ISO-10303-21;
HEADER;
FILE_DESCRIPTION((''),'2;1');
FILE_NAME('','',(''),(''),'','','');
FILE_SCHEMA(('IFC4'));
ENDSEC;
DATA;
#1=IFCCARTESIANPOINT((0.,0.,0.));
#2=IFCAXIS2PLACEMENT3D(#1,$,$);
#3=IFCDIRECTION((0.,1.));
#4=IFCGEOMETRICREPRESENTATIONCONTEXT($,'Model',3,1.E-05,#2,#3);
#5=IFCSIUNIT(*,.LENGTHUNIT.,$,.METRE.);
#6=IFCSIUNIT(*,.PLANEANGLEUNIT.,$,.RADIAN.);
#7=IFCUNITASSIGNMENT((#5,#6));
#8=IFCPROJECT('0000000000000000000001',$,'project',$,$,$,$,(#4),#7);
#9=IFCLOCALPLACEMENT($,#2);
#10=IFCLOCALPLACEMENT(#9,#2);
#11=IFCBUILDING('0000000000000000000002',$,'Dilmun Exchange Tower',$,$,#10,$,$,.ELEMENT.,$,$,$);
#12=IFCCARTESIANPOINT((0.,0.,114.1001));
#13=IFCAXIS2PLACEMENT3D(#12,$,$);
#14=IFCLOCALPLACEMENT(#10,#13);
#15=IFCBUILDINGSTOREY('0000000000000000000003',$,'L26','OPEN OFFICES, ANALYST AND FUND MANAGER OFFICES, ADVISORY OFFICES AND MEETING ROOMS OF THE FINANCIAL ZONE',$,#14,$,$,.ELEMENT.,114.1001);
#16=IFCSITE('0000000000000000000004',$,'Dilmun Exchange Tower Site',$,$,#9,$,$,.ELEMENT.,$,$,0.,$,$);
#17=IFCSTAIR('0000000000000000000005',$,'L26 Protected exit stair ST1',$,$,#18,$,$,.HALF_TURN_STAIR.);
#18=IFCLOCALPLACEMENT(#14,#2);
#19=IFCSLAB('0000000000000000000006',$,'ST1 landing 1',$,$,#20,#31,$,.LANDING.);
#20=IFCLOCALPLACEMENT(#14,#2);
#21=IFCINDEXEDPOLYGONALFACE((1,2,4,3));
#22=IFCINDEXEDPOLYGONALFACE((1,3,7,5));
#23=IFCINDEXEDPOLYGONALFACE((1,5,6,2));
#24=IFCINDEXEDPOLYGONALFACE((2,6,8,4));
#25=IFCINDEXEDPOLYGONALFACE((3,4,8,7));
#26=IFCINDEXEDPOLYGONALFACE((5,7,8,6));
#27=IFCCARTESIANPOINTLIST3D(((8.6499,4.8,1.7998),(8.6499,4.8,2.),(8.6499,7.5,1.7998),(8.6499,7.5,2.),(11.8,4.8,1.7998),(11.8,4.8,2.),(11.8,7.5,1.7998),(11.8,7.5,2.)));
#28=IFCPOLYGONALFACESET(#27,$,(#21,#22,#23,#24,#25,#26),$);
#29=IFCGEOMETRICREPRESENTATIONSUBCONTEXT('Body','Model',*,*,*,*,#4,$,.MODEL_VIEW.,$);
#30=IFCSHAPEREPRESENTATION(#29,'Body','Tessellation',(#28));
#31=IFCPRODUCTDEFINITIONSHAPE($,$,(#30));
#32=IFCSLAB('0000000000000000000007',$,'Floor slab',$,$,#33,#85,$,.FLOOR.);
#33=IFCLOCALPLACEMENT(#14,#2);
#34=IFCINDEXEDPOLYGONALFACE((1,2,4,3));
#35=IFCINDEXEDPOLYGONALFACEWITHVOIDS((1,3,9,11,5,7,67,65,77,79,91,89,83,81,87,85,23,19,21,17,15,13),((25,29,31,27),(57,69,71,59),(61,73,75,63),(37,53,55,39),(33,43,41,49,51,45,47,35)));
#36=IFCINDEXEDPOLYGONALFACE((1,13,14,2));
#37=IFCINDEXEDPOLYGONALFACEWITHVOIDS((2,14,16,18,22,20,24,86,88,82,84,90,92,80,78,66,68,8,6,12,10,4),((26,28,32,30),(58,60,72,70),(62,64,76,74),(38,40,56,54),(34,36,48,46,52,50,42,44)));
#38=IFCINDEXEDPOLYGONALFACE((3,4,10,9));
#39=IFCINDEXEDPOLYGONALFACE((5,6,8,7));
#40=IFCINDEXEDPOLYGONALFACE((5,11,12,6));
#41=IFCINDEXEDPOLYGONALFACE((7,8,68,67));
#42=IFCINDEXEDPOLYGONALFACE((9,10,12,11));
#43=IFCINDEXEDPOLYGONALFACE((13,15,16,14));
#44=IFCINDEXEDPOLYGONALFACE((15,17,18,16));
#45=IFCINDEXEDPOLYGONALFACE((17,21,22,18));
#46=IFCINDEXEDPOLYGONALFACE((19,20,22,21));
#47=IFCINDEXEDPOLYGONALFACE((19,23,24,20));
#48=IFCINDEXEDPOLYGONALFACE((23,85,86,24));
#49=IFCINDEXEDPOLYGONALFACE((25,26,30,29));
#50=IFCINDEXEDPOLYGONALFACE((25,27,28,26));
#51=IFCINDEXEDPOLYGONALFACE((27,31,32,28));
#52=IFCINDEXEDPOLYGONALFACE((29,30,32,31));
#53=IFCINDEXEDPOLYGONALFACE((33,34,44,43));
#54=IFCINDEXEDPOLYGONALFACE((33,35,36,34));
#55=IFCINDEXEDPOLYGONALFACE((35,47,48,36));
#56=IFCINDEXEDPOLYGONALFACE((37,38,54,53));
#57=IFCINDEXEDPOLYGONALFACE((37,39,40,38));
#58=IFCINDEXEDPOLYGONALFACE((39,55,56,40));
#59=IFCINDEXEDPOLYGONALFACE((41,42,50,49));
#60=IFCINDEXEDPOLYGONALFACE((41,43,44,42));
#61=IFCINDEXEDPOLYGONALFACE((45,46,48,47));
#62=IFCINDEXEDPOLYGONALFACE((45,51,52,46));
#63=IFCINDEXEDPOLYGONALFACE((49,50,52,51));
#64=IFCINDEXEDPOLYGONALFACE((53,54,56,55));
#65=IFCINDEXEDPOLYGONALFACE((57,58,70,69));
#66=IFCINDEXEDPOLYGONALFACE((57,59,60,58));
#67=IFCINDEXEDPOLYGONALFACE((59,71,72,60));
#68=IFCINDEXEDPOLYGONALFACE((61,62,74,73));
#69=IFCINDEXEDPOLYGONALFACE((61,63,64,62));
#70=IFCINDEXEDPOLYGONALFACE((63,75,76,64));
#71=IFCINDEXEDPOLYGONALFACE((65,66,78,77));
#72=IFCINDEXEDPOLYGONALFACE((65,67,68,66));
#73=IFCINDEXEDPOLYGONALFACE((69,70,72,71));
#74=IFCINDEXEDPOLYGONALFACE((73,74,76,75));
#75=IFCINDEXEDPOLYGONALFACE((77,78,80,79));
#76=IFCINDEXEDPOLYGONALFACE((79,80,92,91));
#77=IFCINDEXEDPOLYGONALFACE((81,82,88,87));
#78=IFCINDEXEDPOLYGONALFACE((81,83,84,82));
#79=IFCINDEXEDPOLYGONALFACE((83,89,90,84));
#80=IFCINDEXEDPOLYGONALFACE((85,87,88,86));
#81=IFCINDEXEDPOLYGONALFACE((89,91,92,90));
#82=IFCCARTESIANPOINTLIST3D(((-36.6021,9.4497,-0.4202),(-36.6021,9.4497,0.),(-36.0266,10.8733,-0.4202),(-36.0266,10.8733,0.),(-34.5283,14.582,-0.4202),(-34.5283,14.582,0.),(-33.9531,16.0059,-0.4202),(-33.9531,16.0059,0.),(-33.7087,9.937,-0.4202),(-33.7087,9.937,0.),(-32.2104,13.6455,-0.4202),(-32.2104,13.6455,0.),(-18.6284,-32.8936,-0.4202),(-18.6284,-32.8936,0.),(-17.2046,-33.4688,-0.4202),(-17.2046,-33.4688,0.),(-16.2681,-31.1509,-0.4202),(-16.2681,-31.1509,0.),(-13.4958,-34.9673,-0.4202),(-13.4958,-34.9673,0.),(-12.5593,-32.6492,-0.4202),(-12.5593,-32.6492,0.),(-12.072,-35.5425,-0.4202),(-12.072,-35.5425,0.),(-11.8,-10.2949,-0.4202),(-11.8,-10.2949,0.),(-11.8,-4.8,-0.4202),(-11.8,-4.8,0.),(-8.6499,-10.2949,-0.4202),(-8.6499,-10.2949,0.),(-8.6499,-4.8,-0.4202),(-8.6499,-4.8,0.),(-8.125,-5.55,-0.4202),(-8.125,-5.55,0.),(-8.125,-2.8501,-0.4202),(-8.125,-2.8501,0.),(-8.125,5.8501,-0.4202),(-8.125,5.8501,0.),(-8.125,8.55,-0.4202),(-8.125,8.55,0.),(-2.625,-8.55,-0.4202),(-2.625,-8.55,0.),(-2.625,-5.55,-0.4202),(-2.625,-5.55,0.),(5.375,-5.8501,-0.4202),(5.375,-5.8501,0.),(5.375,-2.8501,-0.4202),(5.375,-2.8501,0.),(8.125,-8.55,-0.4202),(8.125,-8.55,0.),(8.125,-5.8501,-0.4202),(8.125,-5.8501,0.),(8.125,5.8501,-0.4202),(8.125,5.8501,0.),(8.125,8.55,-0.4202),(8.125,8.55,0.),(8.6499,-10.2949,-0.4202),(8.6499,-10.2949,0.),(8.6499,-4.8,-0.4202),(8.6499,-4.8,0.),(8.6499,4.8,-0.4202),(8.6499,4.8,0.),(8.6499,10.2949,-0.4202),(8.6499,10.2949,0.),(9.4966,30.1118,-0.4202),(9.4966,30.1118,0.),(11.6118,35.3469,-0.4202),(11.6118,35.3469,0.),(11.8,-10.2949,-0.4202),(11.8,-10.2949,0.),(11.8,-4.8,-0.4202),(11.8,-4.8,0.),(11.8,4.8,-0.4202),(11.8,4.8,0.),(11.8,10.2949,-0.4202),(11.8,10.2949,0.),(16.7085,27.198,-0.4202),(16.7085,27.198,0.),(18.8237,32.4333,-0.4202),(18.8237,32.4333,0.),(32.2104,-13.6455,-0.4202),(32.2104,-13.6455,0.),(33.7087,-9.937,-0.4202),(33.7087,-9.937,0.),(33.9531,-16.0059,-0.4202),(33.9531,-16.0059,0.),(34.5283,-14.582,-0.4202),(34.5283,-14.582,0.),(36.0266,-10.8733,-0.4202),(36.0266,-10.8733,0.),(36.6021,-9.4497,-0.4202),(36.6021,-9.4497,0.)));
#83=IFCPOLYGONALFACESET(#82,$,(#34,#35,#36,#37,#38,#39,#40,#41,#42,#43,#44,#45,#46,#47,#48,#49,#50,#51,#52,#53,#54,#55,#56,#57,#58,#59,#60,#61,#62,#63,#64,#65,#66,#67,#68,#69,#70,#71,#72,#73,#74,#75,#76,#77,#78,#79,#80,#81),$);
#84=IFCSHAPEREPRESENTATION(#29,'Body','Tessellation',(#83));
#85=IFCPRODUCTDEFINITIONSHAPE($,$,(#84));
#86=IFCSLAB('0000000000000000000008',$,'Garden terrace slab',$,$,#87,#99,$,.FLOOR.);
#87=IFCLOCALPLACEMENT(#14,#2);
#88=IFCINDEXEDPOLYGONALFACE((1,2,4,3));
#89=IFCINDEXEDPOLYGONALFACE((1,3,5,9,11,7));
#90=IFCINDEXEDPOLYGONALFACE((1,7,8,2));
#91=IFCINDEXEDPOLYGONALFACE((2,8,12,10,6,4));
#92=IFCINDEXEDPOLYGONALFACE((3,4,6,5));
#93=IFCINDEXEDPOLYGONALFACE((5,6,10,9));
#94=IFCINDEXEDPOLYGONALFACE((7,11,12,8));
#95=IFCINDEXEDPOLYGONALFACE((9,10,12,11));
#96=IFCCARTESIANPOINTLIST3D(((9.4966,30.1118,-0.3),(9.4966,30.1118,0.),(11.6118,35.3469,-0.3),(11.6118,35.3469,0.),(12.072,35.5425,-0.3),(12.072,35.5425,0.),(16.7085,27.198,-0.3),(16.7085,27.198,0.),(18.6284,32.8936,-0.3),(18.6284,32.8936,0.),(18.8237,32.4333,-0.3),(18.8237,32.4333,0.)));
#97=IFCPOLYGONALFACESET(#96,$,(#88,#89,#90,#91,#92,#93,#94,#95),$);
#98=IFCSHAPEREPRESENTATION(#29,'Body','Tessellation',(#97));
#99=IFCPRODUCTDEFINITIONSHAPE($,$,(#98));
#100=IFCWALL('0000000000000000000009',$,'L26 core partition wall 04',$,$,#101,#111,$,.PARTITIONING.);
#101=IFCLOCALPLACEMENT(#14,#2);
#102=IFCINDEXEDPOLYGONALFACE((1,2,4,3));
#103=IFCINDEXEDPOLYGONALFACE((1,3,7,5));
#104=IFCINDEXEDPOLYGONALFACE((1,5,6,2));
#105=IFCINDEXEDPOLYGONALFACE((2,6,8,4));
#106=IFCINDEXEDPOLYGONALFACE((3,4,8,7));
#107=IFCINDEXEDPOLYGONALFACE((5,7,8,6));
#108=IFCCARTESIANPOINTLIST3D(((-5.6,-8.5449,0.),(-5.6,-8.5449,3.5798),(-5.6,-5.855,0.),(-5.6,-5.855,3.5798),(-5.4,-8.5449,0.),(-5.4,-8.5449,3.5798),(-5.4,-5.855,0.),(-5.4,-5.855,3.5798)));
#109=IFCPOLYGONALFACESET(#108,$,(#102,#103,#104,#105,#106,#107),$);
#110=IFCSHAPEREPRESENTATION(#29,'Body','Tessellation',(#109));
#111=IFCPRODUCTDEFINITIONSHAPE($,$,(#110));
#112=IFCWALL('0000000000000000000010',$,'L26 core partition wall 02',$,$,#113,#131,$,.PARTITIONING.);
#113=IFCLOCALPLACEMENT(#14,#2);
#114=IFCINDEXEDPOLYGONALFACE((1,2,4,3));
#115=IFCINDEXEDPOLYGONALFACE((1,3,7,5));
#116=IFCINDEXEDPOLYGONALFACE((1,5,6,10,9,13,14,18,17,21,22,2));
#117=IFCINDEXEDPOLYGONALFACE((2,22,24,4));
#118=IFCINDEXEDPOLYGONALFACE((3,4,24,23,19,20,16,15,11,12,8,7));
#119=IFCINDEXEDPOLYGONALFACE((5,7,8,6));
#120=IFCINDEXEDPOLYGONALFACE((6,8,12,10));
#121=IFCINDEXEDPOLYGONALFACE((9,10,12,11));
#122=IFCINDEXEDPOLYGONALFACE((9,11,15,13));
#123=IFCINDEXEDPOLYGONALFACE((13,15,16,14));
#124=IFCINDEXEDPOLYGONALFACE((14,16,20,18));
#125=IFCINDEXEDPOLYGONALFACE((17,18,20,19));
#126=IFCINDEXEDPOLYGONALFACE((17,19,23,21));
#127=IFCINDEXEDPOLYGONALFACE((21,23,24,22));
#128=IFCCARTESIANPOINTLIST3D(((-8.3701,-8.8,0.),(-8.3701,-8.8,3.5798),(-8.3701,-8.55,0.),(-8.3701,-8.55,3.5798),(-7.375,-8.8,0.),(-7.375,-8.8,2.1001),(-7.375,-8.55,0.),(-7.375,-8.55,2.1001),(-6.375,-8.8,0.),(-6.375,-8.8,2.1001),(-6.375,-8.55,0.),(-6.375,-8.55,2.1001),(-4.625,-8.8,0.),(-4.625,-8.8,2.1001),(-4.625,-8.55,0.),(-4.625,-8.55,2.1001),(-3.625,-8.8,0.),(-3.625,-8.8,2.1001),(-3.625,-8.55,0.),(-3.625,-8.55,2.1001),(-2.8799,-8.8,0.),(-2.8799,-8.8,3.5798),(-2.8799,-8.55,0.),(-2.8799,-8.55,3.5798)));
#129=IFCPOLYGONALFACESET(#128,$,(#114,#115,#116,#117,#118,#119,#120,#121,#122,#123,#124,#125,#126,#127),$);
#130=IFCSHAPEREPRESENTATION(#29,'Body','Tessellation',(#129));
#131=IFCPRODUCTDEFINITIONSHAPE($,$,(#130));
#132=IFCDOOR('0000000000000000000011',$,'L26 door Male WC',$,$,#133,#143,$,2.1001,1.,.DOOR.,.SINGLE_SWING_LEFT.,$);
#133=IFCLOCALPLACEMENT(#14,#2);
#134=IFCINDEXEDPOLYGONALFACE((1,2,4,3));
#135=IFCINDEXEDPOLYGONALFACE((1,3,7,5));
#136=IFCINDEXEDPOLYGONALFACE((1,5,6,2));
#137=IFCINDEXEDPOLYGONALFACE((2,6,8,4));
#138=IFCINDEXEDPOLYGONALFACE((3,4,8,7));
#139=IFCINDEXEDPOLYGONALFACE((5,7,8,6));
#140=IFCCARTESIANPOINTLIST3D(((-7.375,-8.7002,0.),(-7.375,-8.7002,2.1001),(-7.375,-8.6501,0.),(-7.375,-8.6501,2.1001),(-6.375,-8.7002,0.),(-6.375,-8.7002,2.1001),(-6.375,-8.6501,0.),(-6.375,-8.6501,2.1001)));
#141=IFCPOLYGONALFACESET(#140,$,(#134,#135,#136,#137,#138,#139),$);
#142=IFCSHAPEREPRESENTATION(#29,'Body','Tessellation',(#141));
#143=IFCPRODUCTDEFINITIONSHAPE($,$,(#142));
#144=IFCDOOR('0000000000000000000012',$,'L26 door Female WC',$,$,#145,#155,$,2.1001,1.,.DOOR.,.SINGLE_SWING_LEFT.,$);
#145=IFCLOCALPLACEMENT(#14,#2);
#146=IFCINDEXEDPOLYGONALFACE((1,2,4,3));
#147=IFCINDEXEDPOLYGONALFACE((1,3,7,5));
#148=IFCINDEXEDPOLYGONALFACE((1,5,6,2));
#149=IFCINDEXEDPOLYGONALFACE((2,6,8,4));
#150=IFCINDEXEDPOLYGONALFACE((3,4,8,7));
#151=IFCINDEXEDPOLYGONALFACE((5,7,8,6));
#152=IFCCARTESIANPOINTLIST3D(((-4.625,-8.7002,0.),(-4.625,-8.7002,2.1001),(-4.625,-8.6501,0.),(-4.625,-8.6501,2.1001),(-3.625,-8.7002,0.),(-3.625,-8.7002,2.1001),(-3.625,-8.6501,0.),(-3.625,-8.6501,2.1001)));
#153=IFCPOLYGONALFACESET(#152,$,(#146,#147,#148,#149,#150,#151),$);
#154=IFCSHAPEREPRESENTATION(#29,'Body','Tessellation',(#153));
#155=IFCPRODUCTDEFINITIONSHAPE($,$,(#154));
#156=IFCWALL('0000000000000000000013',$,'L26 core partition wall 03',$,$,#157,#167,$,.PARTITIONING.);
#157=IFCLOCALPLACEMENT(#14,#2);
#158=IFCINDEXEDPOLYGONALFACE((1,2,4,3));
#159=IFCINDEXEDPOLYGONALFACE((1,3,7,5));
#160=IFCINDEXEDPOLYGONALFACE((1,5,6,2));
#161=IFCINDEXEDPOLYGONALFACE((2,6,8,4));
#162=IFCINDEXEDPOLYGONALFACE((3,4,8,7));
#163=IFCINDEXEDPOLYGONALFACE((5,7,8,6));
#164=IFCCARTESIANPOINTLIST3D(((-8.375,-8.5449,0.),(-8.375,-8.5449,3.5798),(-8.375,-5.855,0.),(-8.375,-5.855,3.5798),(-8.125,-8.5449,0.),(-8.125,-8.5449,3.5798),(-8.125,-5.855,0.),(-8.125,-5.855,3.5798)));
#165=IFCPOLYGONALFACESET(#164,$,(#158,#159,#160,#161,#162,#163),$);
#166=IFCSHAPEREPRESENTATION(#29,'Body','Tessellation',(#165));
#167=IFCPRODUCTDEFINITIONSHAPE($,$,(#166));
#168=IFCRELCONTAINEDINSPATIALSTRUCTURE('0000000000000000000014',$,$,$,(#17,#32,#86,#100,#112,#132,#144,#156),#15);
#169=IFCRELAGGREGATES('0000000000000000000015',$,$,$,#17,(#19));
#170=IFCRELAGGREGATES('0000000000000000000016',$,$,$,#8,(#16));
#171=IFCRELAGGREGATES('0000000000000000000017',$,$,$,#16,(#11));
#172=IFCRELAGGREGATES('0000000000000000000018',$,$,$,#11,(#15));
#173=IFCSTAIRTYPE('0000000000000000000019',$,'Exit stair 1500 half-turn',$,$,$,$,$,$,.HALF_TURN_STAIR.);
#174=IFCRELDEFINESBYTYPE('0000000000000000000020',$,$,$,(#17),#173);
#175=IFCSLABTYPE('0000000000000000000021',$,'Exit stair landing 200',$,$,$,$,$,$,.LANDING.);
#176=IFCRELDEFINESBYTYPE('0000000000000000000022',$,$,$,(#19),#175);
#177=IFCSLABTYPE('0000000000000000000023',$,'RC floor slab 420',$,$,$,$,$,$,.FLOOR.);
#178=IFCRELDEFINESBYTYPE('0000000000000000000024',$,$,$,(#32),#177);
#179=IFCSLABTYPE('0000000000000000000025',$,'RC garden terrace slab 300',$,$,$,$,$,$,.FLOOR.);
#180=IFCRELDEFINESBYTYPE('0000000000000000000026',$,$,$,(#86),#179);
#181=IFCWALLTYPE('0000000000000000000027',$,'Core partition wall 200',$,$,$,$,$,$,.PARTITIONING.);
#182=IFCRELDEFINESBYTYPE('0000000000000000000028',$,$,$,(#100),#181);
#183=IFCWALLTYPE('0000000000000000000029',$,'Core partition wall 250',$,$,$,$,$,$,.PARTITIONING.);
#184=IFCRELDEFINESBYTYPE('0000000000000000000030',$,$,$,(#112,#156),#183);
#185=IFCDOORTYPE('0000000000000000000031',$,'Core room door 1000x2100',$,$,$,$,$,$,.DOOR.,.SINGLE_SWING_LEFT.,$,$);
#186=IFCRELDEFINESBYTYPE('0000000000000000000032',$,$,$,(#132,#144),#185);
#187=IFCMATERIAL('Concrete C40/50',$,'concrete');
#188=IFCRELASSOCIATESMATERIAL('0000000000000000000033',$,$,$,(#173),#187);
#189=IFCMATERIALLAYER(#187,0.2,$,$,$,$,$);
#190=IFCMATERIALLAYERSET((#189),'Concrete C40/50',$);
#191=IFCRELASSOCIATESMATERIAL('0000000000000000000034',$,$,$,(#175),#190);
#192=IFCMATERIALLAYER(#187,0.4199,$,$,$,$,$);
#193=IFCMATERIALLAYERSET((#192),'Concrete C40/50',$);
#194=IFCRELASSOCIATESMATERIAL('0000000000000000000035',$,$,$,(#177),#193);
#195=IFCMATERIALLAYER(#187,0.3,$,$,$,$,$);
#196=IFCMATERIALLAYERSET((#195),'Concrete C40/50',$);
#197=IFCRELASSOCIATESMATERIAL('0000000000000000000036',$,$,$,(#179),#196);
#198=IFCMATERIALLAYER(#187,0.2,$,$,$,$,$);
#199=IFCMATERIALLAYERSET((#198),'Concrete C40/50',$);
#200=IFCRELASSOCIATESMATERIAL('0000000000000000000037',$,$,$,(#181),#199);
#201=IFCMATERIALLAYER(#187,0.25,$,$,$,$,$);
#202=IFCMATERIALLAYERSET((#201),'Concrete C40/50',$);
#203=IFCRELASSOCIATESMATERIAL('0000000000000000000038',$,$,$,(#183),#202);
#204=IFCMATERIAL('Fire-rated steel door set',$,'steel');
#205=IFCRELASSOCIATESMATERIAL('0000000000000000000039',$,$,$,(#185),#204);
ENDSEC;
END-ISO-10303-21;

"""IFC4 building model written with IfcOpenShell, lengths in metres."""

from ifc_helpers import new_model, si_unit, direction, frame, frame_2d, origin, place, context, subcontext, project, spatial, polyline, rectangle, outline, extrude, material, layer, layer_set, type_object, element, fill, aggregate, save


model = new_model("IFC4")

# Units and contexts
model_context = context("Model", 3, precision=1e-05, world=origin(), true_north=direction((0.0, 1.0)))
body_context = subcontext(model_context, "Body", "Model", "MODEL_VIEW")
ifc_project = project(units=[si_unit("LENGTHUNIT", "METRE"), si_unit("PLANEANGLEUNIT", "RADIAN")], contexts=[model_context])

# Site, building, storey
site_placement = place(None, origin())
site = spatial("IfcSite", under=ifc_project, at=site_placement, Name="Dilmun Exchange Tower Site", CompositionType="ELEMENT", RefElevation=0.0)
building_placement = place(site_placement, origin())
building = spatial("IfcBuilding", under=site, at=building_placement, Name="Dilmun Exchange Tower", CompositionType="ELEMENT")
storey_placement = place(building_placement, frame((0.0, 0.0, 114.1001)))
storey = spatial("IfcBuildingStorey", under=building, at=storey_placement, Name="L26", Description="OPEN OFFICES, ANALYST AND FUND MANAGER OFFICES, ADVISORY OFFICES AND MEETING ROOMS OF THE FINANCIAL ZONE", CompositionType="ELEMENT", Elevation=114.1001)

# Stair, slab
ifc_material_1 = material(Name="Concrete C40/50", Category="concrete")
stair_type = type_object("IfcStairType", Name="Exit stair 1500 half-turn", PredefinedType="HALF_TURN_STAIR", material=ifc_material_1)
stair_placement = place(storey_placement, origin())
stair = element("IfcStair", 1, at=stair_placement, inside=storey, type_object=stair_type, Name="L26 Protected exit stair ST1", PredefinedType="HALF_TURN_STAIR")
ifc_layer_1 = layer(ifc_material_1, 0.2)
ifc_layer_set_1 = layer_set([ifc_layer_1], Name="Concrete C40/50")
slab_type_1 = type_object("IfcSlabType", Name="Exit stair landing 200", PredefinedType="LANDING", material=ifc_layer_set_1)
slab_1_placement = place(storey_placement, frame((0.0, 0.0, 1.7998)))
slab_1 = element("IfcSlab", 2, at=slab_1_placement, type_object=slab_type_1, Name="ST1 landing 1", PredefinedType="LANDING", context=body_context, shape_type="SweptSolid", body=[
    extrude(outline(polyline([(8.6499, 7.5), (8.6499, 4.8), (11.8, 4.8), (11.8, 7.5), (8.6499, 7.5)])), origin(), (0.0, 0.0, 1.0), 0.2002),
])
aggregate(stair, [slab_1])

# Slabs
ifc_layer_2 = layer(ifc_material_1, 0.4199)
ifc_layer_set_2 = layer_set([ifc_layer_2], Name="Concrete C40/50")
slab_type_2 = type_object("IfcSlabType", Name="RC floor slab 420", PredefinedType="FLOOR", material=ifc_layer_set_2)
slab_2_placement = place(storey_placement, frame((0.0, 0.0, -0.4202)))
element("IfcSlab", 3, at=slab_2_placement, inside=storey, type_object=slab_type_2, Name="Floor slab", PredefinedType="FLOOR", context=body_context, shape_type="SweptSolid", body=[
    extrude(outline(polyline([(36.0266, -10.8733), (33.7087, -9.937), (32.2104, -13.6455), (34.5283, -14.582), (33.9531, -16.0059), (-12.072, -35.5425), (-13.4958, -34.9673), (-12.5593, -32.6492), (-16.2681, -31.1509), (-17.2046, -33.4688), (-18.6284, -32.8936), (-36.6021, 9.4497), (-36.0266, 10.8733), (-33.7087, 9.937), (-32.2104, 13.6455), (-34.5283, 14.582), (-33.9531, 16.0059), (11.6118, 35.3469), (9.4966, 30.1118), (16.7085, 27.198), (18.8237, 32.4333), (36.6021, -9.4497), (36.0266, -10.8733)]), holes=[polyline([(-8.6499, -4.8), (-11.8, -4.8), (-11.8, -10.2949), (-8.6499, -10.2949), (-8.6499, -4.8)]), polyline([(11.8, -4.8), (8.6499, -4.8), (8.6499, -10.2949), (11.8, -10.2949), (11.8, -4.8)]), polyline([(-8.125, -2.8501), (-8.125, -5.55), (-2.625, -5.55), (-2.625, -8.55), (8.125, -8.55), (8.125, -5.8501), (5.375, -5.8501), (5.375, -2.8501), (-8.125, -2.8501)]), polyline([(-8.125, 5.8501), (8.125, 5.8501), (8.125, 8.55), (-8.125, 8.55), (-8.125, 5.8501)]), polyline([(8.6499, 10.2949), (8.6499, 4.8), (11.8, 4.8), (11.8, 10.2949), (8.6499, 10.2949)])]), origin(), (0.0, 0.0, 1.0), 0.4202),
])
ifc_layer_3 = layer(ifc_material_1, 0.3)
ifc_layer_set_3 = layer_set([ifc_layer_3], Name="Concrete C40/50")
slab_type_3 = type_object("IfcSlabType", Name="RC garden terrace slab 300", PredefinedType="FLOOR", material=ifc_layer_set_3)
slab_3_placement = place(storey_placement, frame((0.0, 0.0, -0.3)))
element("IfcSlab", 4, at=slab_3_placement, inside=storey, type_object=slab_type_3, Name="Garden terrace slab", PredefinedType="FLOOR", context=body_context, shape_type="SweptSolid", body=[
    extrude(outline(polyline([(9.4966, 30.1118), (11.6118, 35.3469), (12.072, 35.5425), (18.6284, 32.8936), (18.8237, 32.4333), (16.7085, 27.198), (9.4966, 30.1118)])), origin(), (0.0, 0.0, 1.0), 0.3),
])

# Wall
ifc_layer_4 = layer(ifc_material_1, 0.2)
ifc_layer_set_4 = layer_set([ifc_layer_4], Name="Concrete C40/50")
wall_type_1 = type_object("IfcWallType", Name="Core partition wall 200", PredefinedType="PARTITIONING", material=ifc_layer_set_4)
wall_1_placement = place(storey_placement, frame((-5.5, -8.5449, 0.0), z_axis=(0.0, 0.0, 1.0), x_axis=(0.0, 1.0, 0.0)))
element("IfcWall", 5, at=wall_1_placement, inside=storey, type_object=wall_type_1, Name="L26 core partition wall 04", PredefinedType="PARTITIONING", context=body_context, shape_type="SweptSolid", body=[
    extrude(rectangle(XDim=2.6899, YDim=0.2, at=frame_2d((1.345, 0.0))), origin(), (0.0, 0.0, 1.0), 3.5798),
])

# Wall, openings, doors
ifc_layer_5 = layer(ifc_material_1, 0.25)
ifc_layer_set_5 = layer_set([ifc_layer_5], Name="Concrete C40/50")
wall_type_2 = type_object("IfcWallType", Name="Core partition wall 250", PredefinedType="PARTITIONING", material=ifc_layer_set_5)
wall_2_placement = place(storey_placement, frame((-8.3701, -8.675, 0.0), z_axis=(0.0, 0.0, 1.0), x_axis=(1.0, 0.0, 0.0)))
wall_2 = element("IfcWall", 6, at=wall_2_placement, inside=storey, type_object=wall_type_2, Name="L26 core partition wall 02", PredefinedType="PARTITIONING", context=body_context, shape_type="SweptSolid", body=[
    extrude(rectangle(XDim=5.4902, YDim=0.25, at=frame_2d((2.7451, 0.0))), origin(), (0.0, 0.0, 1.0), 3.5798),
])
opening_1_placement = place(wall_2_placement, frame((0.9951, 0.0, 0.0)))
opening_1 = element("IfcOpeningElement", 7, at=opening_1_placement, cuts=wall_2, PredefinedType="OPENING", context=body_context, shape_type="SweptSolid", body=[
    extrude(rectangle(XDim=1.0, YDim=2.1001, at=frame_2d((0.5, 1.05))), frame((0.0, 0.135, 0.0), z_axis=(0.0, -1.0, 0.0), x_axis=(1.0, 0.0, 0.0)), (0.0, 0.0, 1.0), 0.27),
])
opening_2_placement = place(wall_2_placement, frame((3.7451, 0.0, 0.0)))
opening_2 = element("IfcOpeningElement", 8, at=opening_2_placement, cuts=wall_2, PredefinedType="OPENING", context=body_context, shape_type="SweptSolid", body=[
    extrude(rectangle(XDim=1.0, YDim=2.1001, at=frame_2d((0.5, 1.05))), frame((0.0, 0.135, 0.0), z_axis=(0.0, -1.0, 0.0), x_axis=(1.0, 0.0, 0.0)), (0.0, 0.0, 1.0), 0.27),
])
ifc_material_2 = material(Name="Fire-rated steel door set", Category="steel")
door_type_1 = type_object("IfcDoorType", Name="Core room door 1000x2100", OperationType="SINGLE_SWING_LEFT", PredefinedType="DOOR", material=ifc_material_2)
door_1_placement = place(opening_1_placement, origin())
door_1 = element("IfcDoor", 9, at=door_1_placement, inside=storey, type_object=door_type_1, Name="L26 door Male WC", OperationType="SINGLE_SWING_LEFT", OverallHeight=2.1001, OverallWidth=1.0, PredefinedType="DOOR", context=body_context, shape_type="SweptSolid", body=[
    extrude(rectangle(XDim=1.0, YDim=2.1001, at=frame_2d((0.5, 1.05))), frame((0.0, 0.0249, 0.0), z_axis=(0.0, -1.0, 0.0), x_axis=(1.0, 0.0, 0.0)), (0.0, 0.0, 1.0), 0.05),
])
fill(opening_1, door_1)
door_2_placement = place(opening_2_placement, origin())
door_2 = element("IfcDoor", 10, at=door_2_placement, inside=storey, type_object=door_type_1, Name="L26 door Female WC", OperationType="SINGLE_SWING_LEFT", OverallHeight=2.1001, OverallWidth=1.0, PredefinedType="DOOR", context=body_context, shape_type="SweptSolid", body=[
    extrude(rectangle(XDim=1.0, YDim=2.1001, at=frame_2d((0.5, 1.05))), frame((0.0, 0.0249, 0.0), z_axis=(0.0, -1.0, 0.0), x_axis=(1.0, 0.0, 0.0)), (0.0, 0.0, 1.0), 0.05),
])
fill(opening_2, door_2)

# Wall
wall_3_placement = place(storey_placement, frame((-8.25, -8.5449, 0.0), z_axis=(0.0, 0.0, 1.0), x_axis=(0.0, 1.0, 0.0)))
element("IfcWall", 11, at=wall_3_placement, inside=storey, type_object=wall_type_2, Name="L26 core partition wall 03", PredefinedType="PARTITIONING", context=body_context, shape_type="SweptSolid", body=[
    extrude(rectangle(XDim=2.6899, YDim=0.25, at=frame_2d((1.345, 0.0))), origin(), (0.0, 0.0, 1.0), 3.5798),
])

save(model, "model.ifc")
